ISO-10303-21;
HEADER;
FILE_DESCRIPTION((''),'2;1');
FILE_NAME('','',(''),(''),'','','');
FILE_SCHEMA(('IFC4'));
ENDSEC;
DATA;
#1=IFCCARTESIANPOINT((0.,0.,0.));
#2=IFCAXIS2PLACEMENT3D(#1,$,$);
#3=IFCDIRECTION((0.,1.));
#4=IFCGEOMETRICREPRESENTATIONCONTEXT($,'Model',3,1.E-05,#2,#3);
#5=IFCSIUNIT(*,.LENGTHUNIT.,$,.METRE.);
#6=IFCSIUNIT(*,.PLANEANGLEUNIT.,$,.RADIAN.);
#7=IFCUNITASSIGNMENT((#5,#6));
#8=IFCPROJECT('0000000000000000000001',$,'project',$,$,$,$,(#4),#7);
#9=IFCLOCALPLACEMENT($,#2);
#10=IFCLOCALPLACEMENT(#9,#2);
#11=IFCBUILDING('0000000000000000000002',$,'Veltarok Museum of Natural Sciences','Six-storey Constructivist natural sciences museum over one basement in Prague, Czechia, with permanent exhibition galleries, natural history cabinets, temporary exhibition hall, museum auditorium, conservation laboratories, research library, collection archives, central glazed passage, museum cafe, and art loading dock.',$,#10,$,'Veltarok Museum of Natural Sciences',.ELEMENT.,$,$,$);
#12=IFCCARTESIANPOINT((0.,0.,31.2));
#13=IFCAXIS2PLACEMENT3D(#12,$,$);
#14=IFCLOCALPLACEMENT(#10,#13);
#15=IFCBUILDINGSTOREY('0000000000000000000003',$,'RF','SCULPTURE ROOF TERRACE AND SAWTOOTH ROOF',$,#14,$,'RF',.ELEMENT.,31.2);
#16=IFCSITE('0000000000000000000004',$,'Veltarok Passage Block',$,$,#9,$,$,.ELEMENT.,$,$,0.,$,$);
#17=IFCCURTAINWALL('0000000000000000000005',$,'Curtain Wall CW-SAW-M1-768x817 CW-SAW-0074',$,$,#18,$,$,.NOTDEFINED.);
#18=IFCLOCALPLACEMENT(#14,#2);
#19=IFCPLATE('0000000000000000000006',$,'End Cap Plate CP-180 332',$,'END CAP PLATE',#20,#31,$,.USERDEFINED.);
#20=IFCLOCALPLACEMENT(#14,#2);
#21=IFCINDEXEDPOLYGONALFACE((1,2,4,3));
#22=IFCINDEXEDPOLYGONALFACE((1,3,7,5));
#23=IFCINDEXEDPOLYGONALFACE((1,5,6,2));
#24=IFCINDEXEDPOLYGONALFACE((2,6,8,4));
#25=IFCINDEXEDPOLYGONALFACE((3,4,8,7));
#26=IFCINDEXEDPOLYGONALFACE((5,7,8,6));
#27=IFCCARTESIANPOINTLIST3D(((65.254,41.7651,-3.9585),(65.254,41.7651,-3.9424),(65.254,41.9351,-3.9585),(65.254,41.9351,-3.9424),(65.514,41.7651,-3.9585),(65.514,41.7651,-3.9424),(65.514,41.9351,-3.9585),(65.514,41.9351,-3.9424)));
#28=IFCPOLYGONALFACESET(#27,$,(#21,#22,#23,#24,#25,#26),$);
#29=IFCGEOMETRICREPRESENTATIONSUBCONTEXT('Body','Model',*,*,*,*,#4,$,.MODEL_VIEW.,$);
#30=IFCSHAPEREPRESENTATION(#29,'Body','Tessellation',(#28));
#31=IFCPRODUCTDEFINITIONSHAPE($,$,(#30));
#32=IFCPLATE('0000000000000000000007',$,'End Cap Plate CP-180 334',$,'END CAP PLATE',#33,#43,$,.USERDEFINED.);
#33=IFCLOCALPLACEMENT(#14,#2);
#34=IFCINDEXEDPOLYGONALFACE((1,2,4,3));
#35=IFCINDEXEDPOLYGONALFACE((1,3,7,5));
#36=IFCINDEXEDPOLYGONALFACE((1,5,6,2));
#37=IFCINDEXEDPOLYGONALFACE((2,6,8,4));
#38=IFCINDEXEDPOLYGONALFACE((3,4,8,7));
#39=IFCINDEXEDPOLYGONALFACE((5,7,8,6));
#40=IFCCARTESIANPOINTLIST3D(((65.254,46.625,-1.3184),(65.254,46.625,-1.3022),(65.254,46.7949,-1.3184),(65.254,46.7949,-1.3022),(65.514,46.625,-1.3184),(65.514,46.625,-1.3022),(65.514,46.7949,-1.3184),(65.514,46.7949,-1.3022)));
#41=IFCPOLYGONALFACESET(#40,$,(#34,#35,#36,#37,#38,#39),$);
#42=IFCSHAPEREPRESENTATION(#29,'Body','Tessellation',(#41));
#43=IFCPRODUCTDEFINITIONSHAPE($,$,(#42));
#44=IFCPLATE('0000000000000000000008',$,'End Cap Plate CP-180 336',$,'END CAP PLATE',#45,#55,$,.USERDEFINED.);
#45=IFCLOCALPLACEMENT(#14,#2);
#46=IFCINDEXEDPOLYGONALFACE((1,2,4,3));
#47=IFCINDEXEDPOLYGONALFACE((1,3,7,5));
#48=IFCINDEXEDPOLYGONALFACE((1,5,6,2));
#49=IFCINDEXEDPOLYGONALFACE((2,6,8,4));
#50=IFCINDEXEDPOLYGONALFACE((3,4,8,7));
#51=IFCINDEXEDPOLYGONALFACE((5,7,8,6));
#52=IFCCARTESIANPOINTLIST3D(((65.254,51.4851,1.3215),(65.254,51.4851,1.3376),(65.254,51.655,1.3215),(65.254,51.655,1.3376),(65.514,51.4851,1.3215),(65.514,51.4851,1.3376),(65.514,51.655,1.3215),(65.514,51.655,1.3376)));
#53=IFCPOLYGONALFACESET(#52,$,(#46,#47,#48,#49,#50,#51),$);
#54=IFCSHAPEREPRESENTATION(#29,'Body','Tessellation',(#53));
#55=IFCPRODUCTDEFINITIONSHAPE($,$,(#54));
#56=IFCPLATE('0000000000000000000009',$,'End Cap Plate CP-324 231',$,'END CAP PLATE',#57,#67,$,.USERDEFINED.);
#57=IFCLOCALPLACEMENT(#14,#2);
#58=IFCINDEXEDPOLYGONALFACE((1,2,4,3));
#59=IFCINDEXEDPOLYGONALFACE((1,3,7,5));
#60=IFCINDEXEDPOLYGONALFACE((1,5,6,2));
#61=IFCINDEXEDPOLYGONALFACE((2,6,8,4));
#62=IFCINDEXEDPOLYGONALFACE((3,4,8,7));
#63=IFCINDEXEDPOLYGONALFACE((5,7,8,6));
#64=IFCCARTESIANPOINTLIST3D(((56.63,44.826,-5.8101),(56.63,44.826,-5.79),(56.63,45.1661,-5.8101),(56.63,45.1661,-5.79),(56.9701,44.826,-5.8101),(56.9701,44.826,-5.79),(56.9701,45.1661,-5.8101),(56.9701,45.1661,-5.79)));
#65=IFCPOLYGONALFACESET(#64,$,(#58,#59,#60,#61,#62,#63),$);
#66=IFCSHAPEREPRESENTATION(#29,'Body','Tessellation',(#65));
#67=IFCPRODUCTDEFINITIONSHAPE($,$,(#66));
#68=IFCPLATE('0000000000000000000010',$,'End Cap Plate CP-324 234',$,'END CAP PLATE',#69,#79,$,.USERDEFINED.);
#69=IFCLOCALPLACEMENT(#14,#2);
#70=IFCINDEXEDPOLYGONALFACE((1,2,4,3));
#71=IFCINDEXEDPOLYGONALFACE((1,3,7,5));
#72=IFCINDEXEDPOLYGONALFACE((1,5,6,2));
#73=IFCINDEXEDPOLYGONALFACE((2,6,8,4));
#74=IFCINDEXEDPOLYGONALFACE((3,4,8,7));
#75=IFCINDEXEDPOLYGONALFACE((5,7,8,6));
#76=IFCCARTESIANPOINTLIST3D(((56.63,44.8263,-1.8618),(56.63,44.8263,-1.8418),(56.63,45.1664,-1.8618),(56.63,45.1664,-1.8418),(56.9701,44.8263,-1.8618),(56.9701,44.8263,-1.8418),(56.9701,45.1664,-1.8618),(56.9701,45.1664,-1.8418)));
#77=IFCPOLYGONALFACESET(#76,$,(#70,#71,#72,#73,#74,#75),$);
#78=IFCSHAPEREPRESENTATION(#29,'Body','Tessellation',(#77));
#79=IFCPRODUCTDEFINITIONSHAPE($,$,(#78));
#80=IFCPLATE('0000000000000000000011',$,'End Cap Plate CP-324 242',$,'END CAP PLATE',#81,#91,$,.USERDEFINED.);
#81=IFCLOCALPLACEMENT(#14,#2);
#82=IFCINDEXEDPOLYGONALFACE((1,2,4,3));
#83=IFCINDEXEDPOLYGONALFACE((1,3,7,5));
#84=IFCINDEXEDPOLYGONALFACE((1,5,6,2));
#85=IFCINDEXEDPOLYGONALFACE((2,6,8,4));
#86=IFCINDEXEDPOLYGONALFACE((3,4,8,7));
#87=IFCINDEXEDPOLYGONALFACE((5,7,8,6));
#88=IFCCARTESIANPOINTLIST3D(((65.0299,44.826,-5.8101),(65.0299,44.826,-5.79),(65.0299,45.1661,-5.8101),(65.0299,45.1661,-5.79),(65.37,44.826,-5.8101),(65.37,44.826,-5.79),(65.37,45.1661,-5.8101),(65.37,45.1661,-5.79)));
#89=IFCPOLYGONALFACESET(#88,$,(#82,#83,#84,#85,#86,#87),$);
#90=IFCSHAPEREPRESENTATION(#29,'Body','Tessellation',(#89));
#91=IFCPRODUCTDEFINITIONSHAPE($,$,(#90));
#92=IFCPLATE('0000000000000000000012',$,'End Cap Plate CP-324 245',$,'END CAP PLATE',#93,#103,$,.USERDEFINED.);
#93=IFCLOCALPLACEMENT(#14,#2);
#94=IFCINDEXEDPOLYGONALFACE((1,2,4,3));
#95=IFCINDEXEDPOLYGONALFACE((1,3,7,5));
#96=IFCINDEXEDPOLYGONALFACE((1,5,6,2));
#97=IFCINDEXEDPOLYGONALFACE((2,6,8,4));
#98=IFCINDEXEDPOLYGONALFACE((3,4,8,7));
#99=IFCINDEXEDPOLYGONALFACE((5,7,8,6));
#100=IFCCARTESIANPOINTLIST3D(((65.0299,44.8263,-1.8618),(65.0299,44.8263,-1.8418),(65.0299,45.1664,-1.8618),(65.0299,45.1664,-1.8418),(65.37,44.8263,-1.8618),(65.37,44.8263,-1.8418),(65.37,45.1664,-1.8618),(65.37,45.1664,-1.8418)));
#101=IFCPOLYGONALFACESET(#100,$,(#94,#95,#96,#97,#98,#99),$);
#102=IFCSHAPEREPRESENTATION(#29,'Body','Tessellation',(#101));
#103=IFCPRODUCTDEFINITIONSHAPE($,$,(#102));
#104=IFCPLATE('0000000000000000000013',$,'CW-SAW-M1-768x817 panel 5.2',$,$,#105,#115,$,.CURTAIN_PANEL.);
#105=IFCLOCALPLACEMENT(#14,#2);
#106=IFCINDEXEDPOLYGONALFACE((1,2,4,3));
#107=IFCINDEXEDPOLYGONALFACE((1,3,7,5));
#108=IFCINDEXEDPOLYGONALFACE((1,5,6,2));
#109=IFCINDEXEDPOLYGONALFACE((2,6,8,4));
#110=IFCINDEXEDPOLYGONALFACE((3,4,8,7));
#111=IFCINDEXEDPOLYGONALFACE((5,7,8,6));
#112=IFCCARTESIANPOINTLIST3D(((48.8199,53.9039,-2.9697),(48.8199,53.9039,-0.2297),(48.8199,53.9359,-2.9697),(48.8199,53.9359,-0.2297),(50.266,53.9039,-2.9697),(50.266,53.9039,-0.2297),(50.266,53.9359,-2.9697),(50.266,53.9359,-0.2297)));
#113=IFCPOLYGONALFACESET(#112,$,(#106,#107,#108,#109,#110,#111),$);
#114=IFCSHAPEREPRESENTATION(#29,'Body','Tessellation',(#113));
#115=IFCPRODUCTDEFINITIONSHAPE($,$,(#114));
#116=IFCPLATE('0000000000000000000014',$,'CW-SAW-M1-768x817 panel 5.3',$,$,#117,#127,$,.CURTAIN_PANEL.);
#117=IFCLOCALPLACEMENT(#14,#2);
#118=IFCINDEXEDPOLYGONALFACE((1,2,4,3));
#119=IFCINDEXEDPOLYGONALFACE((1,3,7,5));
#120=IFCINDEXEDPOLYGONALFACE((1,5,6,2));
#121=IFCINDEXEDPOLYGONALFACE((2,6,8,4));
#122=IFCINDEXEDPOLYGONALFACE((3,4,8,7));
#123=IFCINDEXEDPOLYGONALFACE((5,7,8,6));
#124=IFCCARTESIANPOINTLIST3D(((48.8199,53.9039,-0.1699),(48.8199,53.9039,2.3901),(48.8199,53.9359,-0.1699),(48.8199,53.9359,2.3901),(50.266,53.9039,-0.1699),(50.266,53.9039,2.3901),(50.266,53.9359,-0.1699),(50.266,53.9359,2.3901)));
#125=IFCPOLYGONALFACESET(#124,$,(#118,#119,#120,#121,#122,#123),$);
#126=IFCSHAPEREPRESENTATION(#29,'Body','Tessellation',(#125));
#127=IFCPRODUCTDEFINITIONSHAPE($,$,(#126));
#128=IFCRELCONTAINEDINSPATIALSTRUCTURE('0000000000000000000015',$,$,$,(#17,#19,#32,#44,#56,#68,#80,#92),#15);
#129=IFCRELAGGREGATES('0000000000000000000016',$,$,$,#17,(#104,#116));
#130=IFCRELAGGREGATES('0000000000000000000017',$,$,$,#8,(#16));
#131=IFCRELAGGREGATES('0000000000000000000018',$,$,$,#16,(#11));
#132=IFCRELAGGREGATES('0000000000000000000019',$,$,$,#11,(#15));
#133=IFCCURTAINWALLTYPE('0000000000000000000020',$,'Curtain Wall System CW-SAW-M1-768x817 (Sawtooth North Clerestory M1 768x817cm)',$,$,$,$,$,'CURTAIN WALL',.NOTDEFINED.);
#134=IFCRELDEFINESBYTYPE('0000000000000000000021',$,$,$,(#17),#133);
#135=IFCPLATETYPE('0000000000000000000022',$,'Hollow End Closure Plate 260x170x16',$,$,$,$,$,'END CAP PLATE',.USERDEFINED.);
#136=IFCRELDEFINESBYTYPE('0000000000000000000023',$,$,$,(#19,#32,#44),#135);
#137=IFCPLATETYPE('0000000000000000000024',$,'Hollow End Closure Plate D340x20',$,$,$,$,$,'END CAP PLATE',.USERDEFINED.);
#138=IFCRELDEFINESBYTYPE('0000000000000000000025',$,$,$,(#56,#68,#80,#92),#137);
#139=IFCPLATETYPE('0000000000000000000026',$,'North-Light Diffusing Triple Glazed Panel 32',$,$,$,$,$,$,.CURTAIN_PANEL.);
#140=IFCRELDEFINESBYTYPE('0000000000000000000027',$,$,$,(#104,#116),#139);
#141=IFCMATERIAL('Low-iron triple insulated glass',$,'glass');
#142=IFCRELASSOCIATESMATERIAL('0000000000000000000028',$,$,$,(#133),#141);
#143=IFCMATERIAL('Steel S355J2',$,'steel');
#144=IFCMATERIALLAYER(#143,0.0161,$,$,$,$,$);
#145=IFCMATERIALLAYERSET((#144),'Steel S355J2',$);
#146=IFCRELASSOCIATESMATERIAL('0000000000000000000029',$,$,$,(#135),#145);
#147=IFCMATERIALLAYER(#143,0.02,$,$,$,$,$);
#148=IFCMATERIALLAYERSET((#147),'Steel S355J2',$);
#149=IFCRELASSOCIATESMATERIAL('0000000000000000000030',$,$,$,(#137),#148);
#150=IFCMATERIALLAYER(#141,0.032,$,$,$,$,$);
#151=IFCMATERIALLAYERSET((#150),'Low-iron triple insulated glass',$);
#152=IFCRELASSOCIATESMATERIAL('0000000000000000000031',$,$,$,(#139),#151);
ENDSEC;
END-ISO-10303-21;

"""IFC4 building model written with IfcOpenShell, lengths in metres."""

from ifc_helpers import new_model, si_unit, direction, frame, origin, origin_2d, place, context, subcontext, project, spatial, rectangle, extrude, material, layer, layer_set, type_object, element, aggregate, save


model = new_model("IFC4")

# Units and contexts
model_context = context("Model", 3, precision=1e-05, world=origin(), true_north=direction((0.0, 1.0)))
body_context = subcontext(model_context, "Body", "Model", "MODEL_VIEW")
ifc_project = project(units=[si_unit("LENGTHUNIT", "METRE"), si_unit("PLANEANGLEUNIT", "RADIAN")], contexts=[model_context])

# Site, building, storey
site_placement = place(None, origin())
site = spatial("IfcSite", under=ifc_project, at=site_placement, Name="Veltarok Passage Block", CompositionType="ELEMENT", RefElevation=0.0)
building_placement = place(site_placement, origin())
building = spatial("IfcBuilding", under=site, at=building_placement, Name="Veltarok Museum of Natural Sciences", Description="Six-storey Constructivist natural sciences museum over one basement in Prague, Czechia, with permanent exhibition galleries, natural history cabinets, temporary exhibition hall, museum auditorium, conservation laboratories, research library, collection archives, central glazed passage, museum cafe, and art loading dock.", LongName="Veltarok Museum of Natural Sciences", CompositionType="ELEMENT")
storey_placement = place(building_placement, frame((0.0, 0.0, 31.2)))
storey = spatial("IfcBuildingStorey", under=building, at=storey_placement, Name="RF", Description="SCULPTURE ROOF TERRACE AND SAWTOOTH ROOF", LongName="RF", CompositionType="ELEMENT", Elevation=31.2)

# Shared definitions
ifc_material_1 = material(Name="Steel S355J2", Category="steel")

# Curtain wall
ifc_material_2 = material(Name="Low-iron triple insulated glass", Category="glass")
curtain_wall_type = type_object("IfcCurtainWallType", Name="Curtain Wall System CW-SAW-M1-768x817 (Sawtooth North Clerestory M1 768x817cm)", ElementType="CURTAIN WALL", PredefinedType="NOTDEFINED", material=ifc_material_2)
curtain_wall_placement = place(storey_placement, origin())
curtain_wall = element("IfcCurtainWall", 1, at=curtain_wall_placement, inside=storey, type_object=curtain_wall_type, Name="Curtain Wall CW-SAW-M1-768x817 CW-SAW-0074", PredefinedType="NOTDEFINED")

# Plates
ifc_layer_1 = layer(ifc_material_1, 0.0161)
ifc_layer_set_1 = layer_set([ifc_layer_1], Name="Steel S355J2")
plate_type_1 = type_object("IfcPlateType", Name="Hollow End Closure Plate 260x170x16", ElementType="END CAP PLATE", PredefinedType="USERDEFINED", material=ifc_layer_set_1)
for number, where, z_axis, x_axis, name in (
    (2, (65.384, 41.8501, -3.9585), (0.0, 0.0, 1.0), (1.0, 0.0, 0.0), "End Cap Plate CP-180 332"),
    (3, (65.384, 46.71, -1.3184), (0.0, 0.0, 1.0), (1.0, 0.0, 0.0), "End Cap Plate CP-180 334"),
    (4, (65.384, 51.5701, 1.3215), (0.0, 0.0, 1.0), (1.0, 0.0, 0.0), "End Cap Plate CP-180 336"),
):
    element("IfcPlate", number, at=place(storey_placement, frame(where, z_axis=z_axis, x_axis=x_axis)), inside=storey, type_object=plate_type_1, Name=name, ObjectType="END CAP PLATE", PredefinedType="USERDEFINED", context=body_context, shape_type="SweptSolid", body=[
        extrude(rectangle(XDim=0.26, YDim=0.1699, at=origin_2d()), origin(), (0.0, 0.0, 1.0), 0.0161),
    ])
ifc_layer_2 = layer(ifc_material_1, 0.02)
ifc_layer_set_2 = layer_set([ifc_layer_2], Name="Steel S355J2")
plate_type_2 = type_object("IfcPlateType", Name="Hollow End Closure Plate D340x20", ElementType="END CAP PLATE", PredefinedType="USERDEFINED", material=ifc_layer_set_2)
for number, where, z_axis, x_axis, name in (
    (5, (56.8, 44.9961, -5.8101), (0.0, 0.0, 1.0), (0.0, 1.0, 0.0), "End Cap Plate CP-324 231"),
    (6, (56.8, 44.9963, -1.8618), (0.0, 0.0, 1.0), (0.0, 1.0, 0.0), "End Cap Plate CP-324 234"),
    (7, (65.2, 44.9961, -5.8101), (0.0, 0.0, 1.0), (0.0, 1.0, 0.0), "End Cap Plate CP-324 242"),
    (8, (65.2, 44.9963, -1.8618), (0.0, 0.0, 1.0), (0.0, 1.0, 0.0), "End Cap Plate CP-324 245"),
):
    element("IfcPlate", number, at=place(storey_placement, frame(where, z_axis=z_axis, x_axis=x_axis)), inside=storey, type_object=plate_type_2, Name=name, ObjectType="END CAP PLATE", PredefinedType="USERDEFINED", context=body_context, shape_type="SweptSolid", body=[
        extrude(rectangle(XDim=0.3401, YDim=0.3401, at=origin_2d()), origin(), (0.0, 0.0, 1.0), 0.02),
    ])

# Plates
ifc_layer_3 = layer(ifc_material_2, 0.032)
ifc_layer_set_3 = layer_set([ifc_layer_3], Name="Low-iron triple insulated glass")
plate_type_3 = type_object("IfcPlateType", Name="North-Light Diffusing Triple Glazed Panel 32", PredefinedType="CURTAIN_PANEL", material=ifc_layer_set_3)
plate_1_placement = place(storey_placement, frame((49.543, 53.9199, -2.9697), z_axis=(0.0, 0.0, 1.0), x_axis=(-1.0, 0.0, 0.0)))
plate_1 = element("IfcPlate", 9, at=plate_1_placement, type_object=plate_type_3, Name="CW-SAW-M1-768x817 panel 5.2", PredefinedType="CURTAIN_PANEL", context=body_context, shape_type="SweptSolid", body=[
    extrude(rectangle(XDim=1.446, YDim=0.032, at=origin_2d()), origin(), (0.0, 0.0, 1.0), 2.74),
])
plate_2_placement = place(storey_placement, frame((49.543, 53.9199, -0.1699), z_axis=(0.0, 0.0, 1.0), x_axis=(-1.0, 0.0, 0.0)))
plate_2 = element("IfcPlate", 10, at=plate_2_placement, type_object=plate_type_3, Name="CW-SAW-M1-768x817 panel 5.3", PredefinedType="CURTAIN_PANEL", context=body_context, shape_type="SweptSolid", body=[
    extrude(rectangle(XDim=1.446, YDim=0.032, at=origin_2d()), origin(), (0.0, 0.0, 1.0), 2.5601),
])
aggregate(curtain_wall, [plate_1, plate_2])

save(model, "model.ifc")
